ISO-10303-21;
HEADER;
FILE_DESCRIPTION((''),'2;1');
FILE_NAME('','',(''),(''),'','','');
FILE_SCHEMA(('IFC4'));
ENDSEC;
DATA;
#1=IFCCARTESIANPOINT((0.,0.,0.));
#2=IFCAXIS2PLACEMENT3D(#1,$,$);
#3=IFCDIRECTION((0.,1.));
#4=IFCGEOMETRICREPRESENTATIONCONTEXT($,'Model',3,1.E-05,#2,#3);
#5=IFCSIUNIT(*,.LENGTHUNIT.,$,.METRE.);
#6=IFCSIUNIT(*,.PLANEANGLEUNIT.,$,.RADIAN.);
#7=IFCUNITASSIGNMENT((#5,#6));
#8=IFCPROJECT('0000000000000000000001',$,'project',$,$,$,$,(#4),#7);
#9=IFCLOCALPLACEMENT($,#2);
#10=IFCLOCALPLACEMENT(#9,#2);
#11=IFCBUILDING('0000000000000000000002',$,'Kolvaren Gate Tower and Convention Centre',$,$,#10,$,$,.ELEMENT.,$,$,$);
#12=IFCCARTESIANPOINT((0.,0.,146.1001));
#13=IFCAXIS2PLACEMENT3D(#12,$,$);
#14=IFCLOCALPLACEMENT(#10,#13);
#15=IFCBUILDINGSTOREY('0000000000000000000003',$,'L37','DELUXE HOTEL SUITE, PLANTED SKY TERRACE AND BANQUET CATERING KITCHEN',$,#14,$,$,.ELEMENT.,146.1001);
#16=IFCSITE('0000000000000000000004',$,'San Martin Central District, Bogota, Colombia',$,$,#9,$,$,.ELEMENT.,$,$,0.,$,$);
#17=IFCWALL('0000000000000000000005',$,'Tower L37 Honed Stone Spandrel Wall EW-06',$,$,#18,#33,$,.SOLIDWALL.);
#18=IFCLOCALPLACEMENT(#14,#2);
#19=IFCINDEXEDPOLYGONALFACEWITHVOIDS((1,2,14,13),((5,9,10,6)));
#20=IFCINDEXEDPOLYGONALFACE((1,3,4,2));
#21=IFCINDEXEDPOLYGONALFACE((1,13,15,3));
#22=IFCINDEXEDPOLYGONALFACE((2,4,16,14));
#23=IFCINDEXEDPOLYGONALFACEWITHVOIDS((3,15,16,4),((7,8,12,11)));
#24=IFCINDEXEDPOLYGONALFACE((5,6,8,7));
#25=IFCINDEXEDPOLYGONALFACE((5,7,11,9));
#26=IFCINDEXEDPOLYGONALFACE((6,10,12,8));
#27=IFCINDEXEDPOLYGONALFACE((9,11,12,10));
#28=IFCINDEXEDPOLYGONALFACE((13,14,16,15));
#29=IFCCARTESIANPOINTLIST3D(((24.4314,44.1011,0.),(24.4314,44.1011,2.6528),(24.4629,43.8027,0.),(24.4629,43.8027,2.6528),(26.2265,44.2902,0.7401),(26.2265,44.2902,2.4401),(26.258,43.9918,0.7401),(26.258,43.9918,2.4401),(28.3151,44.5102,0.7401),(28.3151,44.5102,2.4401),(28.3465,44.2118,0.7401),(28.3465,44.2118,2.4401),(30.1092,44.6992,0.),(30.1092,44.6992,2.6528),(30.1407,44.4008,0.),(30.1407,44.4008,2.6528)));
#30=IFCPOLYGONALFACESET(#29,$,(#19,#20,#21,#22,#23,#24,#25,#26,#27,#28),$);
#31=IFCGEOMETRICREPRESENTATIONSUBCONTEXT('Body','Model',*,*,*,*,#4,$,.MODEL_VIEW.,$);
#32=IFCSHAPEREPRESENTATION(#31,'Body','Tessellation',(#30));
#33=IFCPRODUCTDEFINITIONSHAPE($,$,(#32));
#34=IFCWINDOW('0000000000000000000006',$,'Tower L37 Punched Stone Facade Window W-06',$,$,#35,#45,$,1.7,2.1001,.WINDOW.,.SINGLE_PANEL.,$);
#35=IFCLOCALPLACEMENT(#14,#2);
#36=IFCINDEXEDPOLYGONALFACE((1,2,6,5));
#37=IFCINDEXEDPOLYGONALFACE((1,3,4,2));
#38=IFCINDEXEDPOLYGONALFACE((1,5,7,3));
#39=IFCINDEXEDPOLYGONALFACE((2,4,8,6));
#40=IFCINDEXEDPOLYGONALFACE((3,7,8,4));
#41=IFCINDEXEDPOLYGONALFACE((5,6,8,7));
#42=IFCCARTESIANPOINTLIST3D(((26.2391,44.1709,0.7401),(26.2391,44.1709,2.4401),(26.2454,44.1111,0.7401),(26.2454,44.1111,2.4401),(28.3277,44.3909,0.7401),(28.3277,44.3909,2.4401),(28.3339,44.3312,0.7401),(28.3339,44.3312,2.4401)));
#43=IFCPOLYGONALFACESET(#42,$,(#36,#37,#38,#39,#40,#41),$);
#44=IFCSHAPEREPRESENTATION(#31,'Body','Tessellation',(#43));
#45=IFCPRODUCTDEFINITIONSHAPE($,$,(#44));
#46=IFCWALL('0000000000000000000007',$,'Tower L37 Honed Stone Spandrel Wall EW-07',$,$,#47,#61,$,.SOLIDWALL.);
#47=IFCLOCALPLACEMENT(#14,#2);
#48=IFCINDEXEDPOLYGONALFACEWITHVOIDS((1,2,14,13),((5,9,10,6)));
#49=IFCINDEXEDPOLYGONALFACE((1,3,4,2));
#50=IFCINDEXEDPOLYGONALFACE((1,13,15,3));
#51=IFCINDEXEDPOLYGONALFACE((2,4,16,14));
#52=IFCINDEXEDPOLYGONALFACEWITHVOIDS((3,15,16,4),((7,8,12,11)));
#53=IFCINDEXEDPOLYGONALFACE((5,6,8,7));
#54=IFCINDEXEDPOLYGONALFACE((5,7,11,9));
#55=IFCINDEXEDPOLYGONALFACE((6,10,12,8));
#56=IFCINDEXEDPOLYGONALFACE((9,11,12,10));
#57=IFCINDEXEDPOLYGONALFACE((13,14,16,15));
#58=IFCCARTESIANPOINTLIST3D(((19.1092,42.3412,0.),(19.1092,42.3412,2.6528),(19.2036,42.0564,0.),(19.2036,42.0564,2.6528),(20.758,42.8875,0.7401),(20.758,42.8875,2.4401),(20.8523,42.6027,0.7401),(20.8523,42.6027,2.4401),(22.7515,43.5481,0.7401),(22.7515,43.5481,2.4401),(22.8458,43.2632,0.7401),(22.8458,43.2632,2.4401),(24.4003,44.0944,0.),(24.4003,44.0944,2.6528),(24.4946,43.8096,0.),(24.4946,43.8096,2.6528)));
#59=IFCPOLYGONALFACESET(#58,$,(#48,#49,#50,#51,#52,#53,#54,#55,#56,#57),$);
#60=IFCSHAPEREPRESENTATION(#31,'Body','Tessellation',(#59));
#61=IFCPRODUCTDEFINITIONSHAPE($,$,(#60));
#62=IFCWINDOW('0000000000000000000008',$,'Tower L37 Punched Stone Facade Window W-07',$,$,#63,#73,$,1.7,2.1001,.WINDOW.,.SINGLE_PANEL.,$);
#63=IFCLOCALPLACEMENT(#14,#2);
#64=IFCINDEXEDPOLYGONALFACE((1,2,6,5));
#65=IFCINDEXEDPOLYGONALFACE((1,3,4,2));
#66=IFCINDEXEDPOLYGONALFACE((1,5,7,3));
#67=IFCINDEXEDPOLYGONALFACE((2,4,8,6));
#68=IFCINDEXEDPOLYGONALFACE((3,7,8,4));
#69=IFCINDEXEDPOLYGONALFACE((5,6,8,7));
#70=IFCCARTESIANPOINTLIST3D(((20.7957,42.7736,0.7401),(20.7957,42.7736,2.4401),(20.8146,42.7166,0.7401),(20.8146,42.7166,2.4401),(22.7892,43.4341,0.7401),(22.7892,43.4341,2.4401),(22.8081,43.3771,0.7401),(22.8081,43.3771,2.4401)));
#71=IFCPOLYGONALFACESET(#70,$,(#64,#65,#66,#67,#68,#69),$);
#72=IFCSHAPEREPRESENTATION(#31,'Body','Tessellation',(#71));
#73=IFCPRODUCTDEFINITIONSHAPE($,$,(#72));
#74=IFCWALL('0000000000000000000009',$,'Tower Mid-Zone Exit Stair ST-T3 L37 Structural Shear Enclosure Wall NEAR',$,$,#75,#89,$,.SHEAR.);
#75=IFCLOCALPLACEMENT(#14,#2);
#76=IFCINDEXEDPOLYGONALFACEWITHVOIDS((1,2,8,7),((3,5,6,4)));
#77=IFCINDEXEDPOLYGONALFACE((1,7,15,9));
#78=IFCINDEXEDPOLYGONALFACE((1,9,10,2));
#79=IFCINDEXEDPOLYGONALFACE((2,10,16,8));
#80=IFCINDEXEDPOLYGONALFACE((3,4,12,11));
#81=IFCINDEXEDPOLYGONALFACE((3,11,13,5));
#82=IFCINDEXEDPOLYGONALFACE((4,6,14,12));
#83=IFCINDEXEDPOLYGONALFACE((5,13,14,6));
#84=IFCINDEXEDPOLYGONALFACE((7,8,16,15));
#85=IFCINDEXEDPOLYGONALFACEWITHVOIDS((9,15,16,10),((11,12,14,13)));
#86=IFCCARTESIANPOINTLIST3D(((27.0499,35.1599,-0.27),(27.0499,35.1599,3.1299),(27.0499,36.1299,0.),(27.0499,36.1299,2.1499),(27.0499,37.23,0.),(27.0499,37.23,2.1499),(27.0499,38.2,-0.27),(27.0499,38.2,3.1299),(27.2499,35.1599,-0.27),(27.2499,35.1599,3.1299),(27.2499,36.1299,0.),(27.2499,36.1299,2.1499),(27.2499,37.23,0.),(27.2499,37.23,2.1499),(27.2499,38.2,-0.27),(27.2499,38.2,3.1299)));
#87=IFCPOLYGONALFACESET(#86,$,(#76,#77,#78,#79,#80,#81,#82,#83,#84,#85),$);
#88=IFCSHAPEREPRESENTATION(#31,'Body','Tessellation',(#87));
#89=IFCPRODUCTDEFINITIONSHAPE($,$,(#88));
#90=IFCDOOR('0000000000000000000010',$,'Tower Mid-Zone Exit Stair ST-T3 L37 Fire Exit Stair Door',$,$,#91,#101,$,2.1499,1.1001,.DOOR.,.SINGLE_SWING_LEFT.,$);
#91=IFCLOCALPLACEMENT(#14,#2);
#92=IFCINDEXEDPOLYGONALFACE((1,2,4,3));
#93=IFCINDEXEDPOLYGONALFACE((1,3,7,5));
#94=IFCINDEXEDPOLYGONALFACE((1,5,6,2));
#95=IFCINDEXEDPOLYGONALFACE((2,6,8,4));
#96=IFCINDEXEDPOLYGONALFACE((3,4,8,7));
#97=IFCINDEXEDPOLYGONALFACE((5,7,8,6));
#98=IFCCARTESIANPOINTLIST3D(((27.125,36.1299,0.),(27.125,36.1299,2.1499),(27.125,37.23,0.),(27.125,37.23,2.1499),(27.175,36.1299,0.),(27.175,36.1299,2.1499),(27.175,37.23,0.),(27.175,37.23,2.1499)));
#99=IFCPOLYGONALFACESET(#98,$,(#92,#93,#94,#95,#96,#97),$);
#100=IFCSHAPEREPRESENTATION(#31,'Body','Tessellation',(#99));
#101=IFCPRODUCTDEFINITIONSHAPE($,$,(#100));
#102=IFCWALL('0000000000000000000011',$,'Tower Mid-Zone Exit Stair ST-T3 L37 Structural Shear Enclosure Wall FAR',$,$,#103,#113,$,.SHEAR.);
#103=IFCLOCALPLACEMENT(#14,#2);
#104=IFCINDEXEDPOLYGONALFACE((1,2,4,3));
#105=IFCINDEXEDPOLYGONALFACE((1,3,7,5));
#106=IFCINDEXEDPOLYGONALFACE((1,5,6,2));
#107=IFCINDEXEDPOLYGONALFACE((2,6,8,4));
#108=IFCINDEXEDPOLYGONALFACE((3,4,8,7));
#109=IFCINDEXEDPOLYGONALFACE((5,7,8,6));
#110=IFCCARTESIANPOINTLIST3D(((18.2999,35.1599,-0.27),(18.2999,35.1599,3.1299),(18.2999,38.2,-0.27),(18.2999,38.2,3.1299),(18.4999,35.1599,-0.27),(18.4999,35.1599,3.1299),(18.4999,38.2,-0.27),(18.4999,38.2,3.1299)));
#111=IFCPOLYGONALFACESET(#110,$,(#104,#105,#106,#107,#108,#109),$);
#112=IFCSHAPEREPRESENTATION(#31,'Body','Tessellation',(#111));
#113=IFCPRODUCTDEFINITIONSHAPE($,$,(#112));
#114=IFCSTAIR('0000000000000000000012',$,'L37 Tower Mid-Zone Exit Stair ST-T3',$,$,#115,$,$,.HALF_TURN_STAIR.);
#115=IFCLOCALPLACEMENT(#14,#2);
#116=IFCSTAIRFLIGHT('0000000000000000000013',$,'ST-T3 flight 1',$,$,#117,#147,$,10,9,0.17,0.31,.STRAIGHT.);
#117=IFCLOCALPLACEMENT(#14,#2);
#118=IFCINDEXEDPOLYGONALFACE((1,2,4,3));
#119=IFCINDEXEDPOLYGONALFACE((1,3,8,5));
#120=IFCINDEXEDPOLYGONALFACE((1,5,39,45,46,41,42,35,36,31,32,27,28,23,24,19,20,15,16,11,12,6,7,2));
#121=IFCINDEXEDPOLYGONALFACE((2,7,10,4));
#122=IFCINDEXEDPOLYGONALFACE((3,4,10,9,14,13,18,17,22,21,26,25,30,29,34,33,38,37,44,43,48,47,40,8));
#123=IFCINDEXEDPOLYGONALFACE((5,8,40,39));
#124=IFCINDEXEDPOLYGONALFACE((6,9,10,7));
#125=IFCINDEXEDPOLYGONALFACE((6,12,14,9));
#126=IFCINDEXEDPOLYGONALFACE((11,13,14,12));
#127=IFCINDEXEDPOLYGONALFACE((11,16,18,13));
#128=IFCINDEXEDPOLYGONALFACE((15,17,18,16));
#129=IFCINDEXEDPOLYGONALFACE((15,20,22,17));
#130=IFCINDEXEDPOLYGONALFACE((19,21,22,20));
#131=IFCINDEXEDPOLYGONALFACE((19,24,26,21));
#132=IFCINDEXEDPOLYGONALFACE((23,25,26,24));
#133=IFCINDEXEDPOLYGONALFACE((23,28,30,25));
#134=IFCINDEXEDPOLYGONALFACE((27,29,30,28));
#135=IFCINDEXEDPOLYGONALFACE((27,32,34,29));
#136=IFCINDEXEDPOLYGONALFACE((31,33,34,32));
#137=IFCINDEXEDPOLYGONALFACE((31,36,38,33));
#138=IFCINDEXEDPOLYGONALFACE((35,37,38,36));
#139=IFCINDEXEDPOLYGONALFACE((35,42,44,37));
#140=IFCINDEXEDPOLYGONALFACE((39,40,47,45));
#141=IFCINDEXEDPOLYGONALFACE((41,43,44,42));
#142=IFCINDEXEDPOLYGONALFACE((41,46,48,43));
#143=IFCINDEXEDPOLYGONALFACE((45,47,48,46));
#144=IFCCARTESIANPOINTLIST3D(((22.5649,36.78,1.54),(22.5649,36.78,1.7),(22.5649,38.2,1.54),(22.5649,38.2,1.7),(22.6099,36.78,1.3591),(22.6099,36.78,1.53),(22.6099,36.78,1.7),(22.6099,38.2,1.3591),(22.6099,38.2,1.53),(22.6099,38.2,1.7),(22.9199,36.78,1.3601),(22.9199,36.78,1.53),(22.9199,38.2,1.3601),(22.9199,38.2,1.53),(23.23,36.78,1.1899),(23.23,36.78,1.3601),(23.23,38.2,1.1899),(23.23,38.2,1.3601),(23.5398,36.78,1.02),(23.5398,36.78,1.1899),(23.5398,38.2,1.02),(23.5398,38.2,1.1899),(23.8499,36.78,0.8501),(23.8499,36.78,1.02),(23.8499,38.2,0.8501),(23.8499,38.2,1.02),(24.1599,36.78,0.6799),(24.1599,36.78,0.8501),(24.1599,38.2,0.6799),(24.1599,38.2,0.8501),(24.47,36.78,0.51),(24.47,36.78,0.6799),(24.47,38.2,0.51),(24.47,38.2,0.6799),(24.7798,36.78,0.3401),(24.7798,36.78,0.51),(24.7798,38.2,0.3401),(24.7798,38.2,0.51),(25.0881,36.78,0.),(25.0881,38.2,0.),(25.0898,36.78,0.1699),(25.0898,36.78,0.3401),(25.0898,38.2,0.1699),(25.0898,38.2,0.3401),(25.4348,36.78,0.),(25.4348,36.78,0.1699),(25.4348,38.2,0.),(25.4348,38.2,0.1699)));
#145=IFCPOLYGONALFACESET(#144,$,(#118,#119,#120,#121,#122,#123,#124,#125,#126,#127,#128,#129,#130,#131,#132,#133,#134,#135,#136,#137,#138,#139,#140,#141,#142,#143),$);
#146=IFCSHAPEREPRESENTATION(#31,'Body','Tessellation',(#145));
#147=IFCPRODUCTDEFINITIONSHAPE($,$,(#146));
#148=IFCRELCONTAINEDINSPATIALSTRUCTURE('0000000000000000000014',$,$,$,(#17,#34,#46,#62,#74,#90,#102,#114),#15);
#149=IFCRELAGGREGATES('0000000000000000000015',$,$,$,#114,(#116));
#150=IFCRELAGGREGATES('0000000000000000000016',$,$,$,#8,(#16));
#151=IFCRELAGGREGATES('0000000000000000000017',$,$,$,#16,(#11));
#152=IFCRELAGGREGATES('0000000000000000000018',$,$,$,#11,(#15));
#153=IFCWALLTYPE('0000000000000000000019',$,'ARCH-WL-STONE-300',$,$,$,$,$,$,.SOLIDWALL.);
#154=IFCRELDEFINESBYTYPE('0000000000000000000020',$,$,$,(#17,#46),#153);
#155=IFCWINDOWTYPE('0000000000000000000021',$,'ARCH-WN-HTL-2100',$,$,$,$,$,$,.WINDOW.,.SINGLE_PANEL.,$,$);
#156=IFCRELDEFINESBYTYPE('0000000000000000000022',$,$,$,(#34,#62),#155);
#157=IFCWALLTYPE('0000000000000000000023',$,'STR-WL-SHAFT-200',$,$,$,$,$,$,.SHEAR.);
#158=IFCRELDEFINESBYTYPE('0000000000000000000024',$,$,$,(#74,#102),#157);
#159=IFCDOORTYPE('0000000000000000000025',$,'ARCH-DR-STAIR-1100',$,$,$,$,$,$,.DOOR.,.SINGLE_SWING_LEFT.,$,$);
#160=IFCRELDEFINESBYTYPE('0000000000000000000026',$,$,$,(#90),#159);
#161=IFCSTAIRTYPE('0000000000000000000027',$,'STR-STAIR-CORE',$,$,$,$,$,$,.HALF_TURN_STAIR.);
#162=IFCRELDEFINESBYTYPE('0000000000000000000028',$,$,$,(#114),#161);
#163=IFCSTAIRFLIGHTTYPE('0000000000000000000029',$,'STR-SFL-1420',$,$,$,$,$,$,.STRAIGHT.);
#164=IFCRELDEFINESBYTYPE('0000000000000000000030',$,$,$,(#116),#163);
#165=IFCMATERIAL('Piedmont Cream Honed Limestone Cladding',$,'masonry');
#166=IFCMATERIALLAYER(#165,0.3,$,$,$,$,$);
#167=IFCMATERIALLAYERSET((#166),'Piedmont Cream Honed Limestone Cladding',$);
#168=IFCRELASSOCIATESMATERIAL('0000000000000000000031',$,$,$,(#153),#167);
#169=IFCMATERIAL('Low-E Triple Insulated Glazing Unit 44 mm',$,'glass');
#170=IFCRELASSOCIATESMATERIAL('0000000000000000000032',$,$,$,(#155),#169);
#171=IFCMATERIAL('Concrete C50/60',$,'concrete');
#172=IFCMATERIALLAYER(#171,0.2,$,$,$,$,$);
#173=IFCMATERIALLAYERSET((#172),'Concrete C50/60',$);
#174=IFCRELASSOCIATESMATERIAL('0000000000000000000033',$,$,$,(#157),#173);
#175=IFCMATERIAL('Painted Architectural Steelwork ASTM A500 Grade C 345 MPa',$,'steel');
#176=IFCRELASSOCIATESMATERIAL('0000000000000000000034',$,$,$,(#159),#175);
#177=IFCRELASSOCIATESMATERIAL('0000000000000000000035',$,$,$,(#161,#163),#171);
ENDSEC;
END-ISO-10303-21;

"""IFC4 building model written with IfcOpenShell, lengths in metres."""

from ifc_helpers import new_model, si_unit, direction, frame, frame_2d, origin, place, context, subcontext, project, spatial, polyline, rectangle, outline, extrude, material, layer, layer_set, type_object, element, fill, aggregate, save


model = new_model("IFC4")

# Units and contexts
model_context = context("Model", 3, precision=1e-05, world=origin(), true_north=direction((0.0, 1.0)))
body_context = subcontext(model_context, "Body", "Model", "MODEL_VIEW")
ifc_project = project(units=[si_unit("LENGTHUNIT", "METRE"), si_unit("PLANEANGLEUNIT", "RADIAN")], contexts=[model_context])

# Site, building, storey
site_placement = place(None, origin())
site = spatial("IfcSite", under=ifc_project, at=site_placement, Name="San Martin Central District, Bogota, Colombia", CompositionType="ELEMENT", RefElevation=0.0)
building_placement = place(site_placement, origin())
building = spatial("IfcBuilding", under=site, at=building_placement, Name="Kolvaren Gate Tower and Convention Centre", CompositionType="ELEMENT")
storey_placement = place(building_placement, frame((0.0, 0.0, 146.1001)))
storey = spatial("IfcBuildingStorey", under=building, at=storey_placement, Name="L37", Description="DELUXE HOTEL SUITE, PLANTED SKY TERRACE AND BANQUET CATERING KITCHEN", CompositionType="ELEMENT", Elevation=146.1001)

# Walls, openings, windows
ifc_material_1 = material(Name="Piedmont Cream Honed Limestone Cladding", Category="masonry")
ifc_layer_1 = layer(ifc_material_1, 0.3)
ifc_layer_set_1 = layer_set([ifc_layer_1], Name="Piedmont Cream Honed Limestone Cladding")
wall_type_1 = type_object("IfcWallType", Name="ARCH-WL-STONE-300", PredefinedType="SOLIDWALL", material=ifc_layer_set_1)
wall_1_placement = place(storey_placement, frame((24.4473, 43.9519, 0.0), z_axis=(0.0, 0.0, 1.0), x_axis=(0.994497, 0.104769, 0.0)))
wall_1 = element("IfcWall", 1, at=wall_1_placement, inside=storey, type_object=wall_type_1, Name="Tower L37 Honed Stone Spandrel Wall EW-06", PredefinedType="SOLIDWALL", context=body_context, shape_type="SweptSolid", body=[
    extrude(rectangle(XDim=5.7092, YDim=0.3, at=frame_2d((2.8545, 0.0))), origin(), (0.0, 0.0, 1.0), 2.6528),
])
opening_1_placement = place(wall_1_placement, frame((1.8049, 0.0, 0.74)))
opening_1 = element("IfcOpeningElement", 2, at=opening_1_placement, cuts=wall_1, PredefinedType="OPENING", context=body_context, shape_type="SweptSolid", body=[
    extrude(rectangle(XDim=2.1001, YDim=1.7, at=frame_2d((1.05, 0.8501))), frame((0.0, 0.1599, 0.0), z_axis=(0.0, -1.0, 0.0), x_axis=(1.0, 0.0, 0.0)), (0.0, 0.0, 1.0), 0.3201),
])
ifc_material_2 = material(Name="Low-E Triple Insulated Glazing Unit 44 mm", Category="glass")
window_type = type_object("IfcWindowType", Name="ARCH-WN-HTL-2100", PartitioningType="SINGLE_PANEL", PredefinedType="WINDOW", material=ifc_material_2)
window_1_placement = place(opening_1_placement, origin())
window_1 = element("IfcWindow", 3, at=window_1_placement, inside=storey, type_object=window_type, Name="Tower L37 Punched Stone Facade Window W-06", OverallHeight=1.7, OverallWidth=2.1001, PartitioningType="SINGLE_PANEL", PredefinedType="WINDOW", context=body_context, shape_type="SweptSolid", body=[
    extrude(rectangle(XDim=2.1001, YDim=1.7, at=frame_2d((1.05, 0.8501))), frame((0.0, 0.03, 0.0), z_axis=(0.0, -1.0, 0.0), x_axis=(1.0, 0.0, 0.0)), (0.0, 0.0, 1.0), 0.0601),
])
fill(opening_1, window_1)
wall_2_placement = place(storey_placement, frame((19.1562, 42.1987, 0.0), z_axis=(0.0, 0.0, 1.0), x_axis=(0.949247, 0.314532, 0.0)))
wall_2 = element("IfcWall", 4, at=wall_2_placement, inside=storey, type_object=wall_type_1, Name="Tower L37 Honed Stone Spandrel Wall EW-07", PredefinedType="SOLIDWALL", context=body_context, shape_type="SweptSolid", body=[
    extrude(rectangle(XDim=5.574, YDim=0.3, at=frame_2d((2.7871, 0.0))), origin(), (0.0, 0.0, 1.0), 2.6528),
])
opening_2_placement = place(wall_2_placement, frame((1.7371, 0.0, 0.74)))
opening_2 = element("IfcOpeningElement", 5, at=opening_2_placement, cuts=wall_2, PredefinedType="OPENING", context=body_context, shape_type="SweptSolid", body=[
    extrude(rectangle(XDim=2.1001, YDim=1.7, at=frame_2d((1.05, 0.8501))), frame((0.0, 0.1599, 0.0), z_axis=(0.0, -1.0, 0.0), x_axis=(1.0, 0.0, 0.0)), (0.0, 0.0, 1.0), 0.3201),
])
window_2_placement = place(opening_2_placement, origin())
window_2 = element("IfcWindow", 6, at=window_2_placement, inside=storey, type_object=window_type, Name="Tower L37 Punched Stone Facade Window W-07", OverallHeight=1.7, OverallWidth=2.1001, PartitioningType="SINGLE_PANEL", PredefinedType="WINDOW", context=body_context, shape_type="SweptSolid", body=[
    extrude(rectangle(XDim=2.1001, YDim=1.7, at=frame_2d((1.05, 0.8501))), frame((0.0, 0.03, 0.0), z_axis=(0.0, -1.0, 0.0), x_axis=(1.0, 0.0, 0.0)), (0.0, 0.0, 1.0), 0.0601),
])
fill(opening_2, window_2)

# Wall, opening, door
ifc_material_3 = material(Name="Concrete C50/60", Category="concrete")
ifc_layer_2 = layer(ifc_material_3, 0.2)
ifc_layer_set_2 = layer_set([ifc_layer_2], Name="Concrete C50/60")
wall_type_2 = type_object("IfcWallType", Name="STR-WL-SHAFT-200", PredefinedType="SHEAR", material=ifc_layer_set_2)
wall_3_placement = place(storey_placement, frame((27.1499, 35.1599, -0.27), z_axis=(0.0, 0.0, 1.0), x_axis=(0.0, 1.0, 0.0)))
wall_3 = element("IfcWall", 7, at=wall_3_placement, inside=storey, type_object=wall_type_2, Name="Tower Mid-Zone Exit Stair ST-T3 L37 Structural Shear Enclosure Wall NEAR", PredefinedType="SHEAR", context=body_context, shape_type="SweptSolid", body=[
    extrude(rectangle(XDim=3.04, YDim=0.2, at=frame_2d((1.52, 0.0))), origin(), (0.0, 0.0, 1.0), 3.3999),
])
opening_3_placement = place(wall_3_placement, frame((0.97, 0.0, 0.27)))
opening_3 = element("IfcOpeningElement", 8, at=opening_3_placement, cuts=wall_3, PredefinedType="OPENING", context=body_context, shape_type="SweptSolid", body=[
    extrude(rectangle(XDim=1.1001, YDim=2.1499, at=frame_2d((0.55, 1.075))), frame((0.0, 0.1099, 0.0), z_axis=(0.0, -1.0, 0.0), x_axis=(1.0, 0.0, 0.0)), (0.0, 0.0, 1.0), 0.22),
])
ifc_material_4 = material(Name="Painted Architectural Steelwork ASTM A500 Grade C 345 MPa", Category="steel")
door_type = type_object("IfcDoorType", Name="ARCH-DR-STAIR-1100", OperationType="SINGLE_SWING_LEFT", PredefinedType="DOOR", material=ifc_material_4)
door_placement = place(opening_3_placement, origin())
door = element("IfcDoor", 9, at=door_placement, inside=storey, type_object=door_type, Name="Tower Mid-Zone Exit Stair ST-T3 L37 Fire Exit Stair Door", OperationType="SINGLE_SWING_LEFT", OverallHeight=2.1499, OverallWidth=1.1001, PredefinedType="DOOR", context=body_context, shape_type="SweptSolid", body=[
    extrude(rectangle(XDim=1.1001, YDim=2.1499, at=frame_2d((0.55, 1.075))), frame((0.0, 0.0249, 0.0), z_axis=(0.0, -1.0, 0.0), x_axis=(1.0, 0.0, 0.0)), (0.0, 0.0, 1.0), 0.05),
])
fill(opening_3, door)

# Wall
wall_4_placement = place(storey_placement, frame((18.3999, 35.1599, -0.27), z_axis=(0.0, 0.0, 1.0), x_axis=(0.0, 1.0, 0.0)))
element("IfcWall", 10, at=wall_4_placement, inside=storey, type_object=wall_type_2, Name="Tower Mid-Zone Exit Stair ST-T3 L37 Structural Shear Enclosure Wall FAR", PredefinedType="SHEAR", context=body_context, shape_type="SweptSolid", body=[
    extrude(rectangle(XDim=3.04, YDim=0.2, at=frame_2d((1.52, 0.0))), origin(), (0.0, 0.0, 1.0), 3.3999),
])

# Stair, stair flight
stair_type = type_object("IfcStairType", Name="STR-STAIR-CORE", PredefinedType="HALF_TURN_STAIR", material=ifc_material_3)
stair_placement = place(storey_placement, origin())
stair = element("IfcStair", 11, at=stair_placement, inside=storey, type_object=stair_type, Name="L37 Tower Mid-Zone Exit Stair ST-T3", PredefinedType="HALF_TURN_STAIR")
stair_flight_type = type_object("IfcStairFlightType", Name="STR-SFL-1420", PredefinedType="STRAIGHT", material=ifc_material_3)
stair_flight_1_placement = place(storey_placement, frame((25.3999, 37.49, 0.0), z_axis=(0.0, 0.0, 1.0), x_axis=(-1.0, 0.0, 0.0)))
stair_flight_1 = element("IfcStairFlight", 12, at=stair_flight_1_placement, type_object=stair_flight_type, Name="ST-T3 flight 1", NumberOfRisers=10, NumberOfTreads=9, PredefinedType="STRAIGHT", RiserHeight=0.17, TreadLength=0.31, context=body_context, shape_type="SweptSolid", body=[
    extrude(outline(polyline([(-0.0349, 0.0), (-0.0349, 0.1699), (0.3101, 0.1699), (0.3101, 0.3401), (0.6201, 0.3401), (0.6201, 0.51), (0.9299, 0.51), (0.9299, 0.6799), (1.24, 0.6799), (1.24, 0.8501), (1.55, 0.8501), (1.55, 1.02), (1.8601, 1.02), (1.8601, 1.1899), (2.1699, 1.1899), (2.1699, 1.3601), (2.48, 1.3601), (2.48, 1.53), (2.79, 1.53), (2.79, 1.7), (2.835, 1.7), (2.835, 1.54), (2.79, 1.3591), (0.3118, 0.0), (-0.0349, 0.0)])), frame((0.0, 0.71, 0.0), z_axis=(0.0, -1.0, 0.0), x_axis=(1.0, 0.0, 0.0)), (0.0, 0.0, 1.0), 1.4199),
])
aggregate(stair, [stair_flight_1])

save(model, "model.ifc")
